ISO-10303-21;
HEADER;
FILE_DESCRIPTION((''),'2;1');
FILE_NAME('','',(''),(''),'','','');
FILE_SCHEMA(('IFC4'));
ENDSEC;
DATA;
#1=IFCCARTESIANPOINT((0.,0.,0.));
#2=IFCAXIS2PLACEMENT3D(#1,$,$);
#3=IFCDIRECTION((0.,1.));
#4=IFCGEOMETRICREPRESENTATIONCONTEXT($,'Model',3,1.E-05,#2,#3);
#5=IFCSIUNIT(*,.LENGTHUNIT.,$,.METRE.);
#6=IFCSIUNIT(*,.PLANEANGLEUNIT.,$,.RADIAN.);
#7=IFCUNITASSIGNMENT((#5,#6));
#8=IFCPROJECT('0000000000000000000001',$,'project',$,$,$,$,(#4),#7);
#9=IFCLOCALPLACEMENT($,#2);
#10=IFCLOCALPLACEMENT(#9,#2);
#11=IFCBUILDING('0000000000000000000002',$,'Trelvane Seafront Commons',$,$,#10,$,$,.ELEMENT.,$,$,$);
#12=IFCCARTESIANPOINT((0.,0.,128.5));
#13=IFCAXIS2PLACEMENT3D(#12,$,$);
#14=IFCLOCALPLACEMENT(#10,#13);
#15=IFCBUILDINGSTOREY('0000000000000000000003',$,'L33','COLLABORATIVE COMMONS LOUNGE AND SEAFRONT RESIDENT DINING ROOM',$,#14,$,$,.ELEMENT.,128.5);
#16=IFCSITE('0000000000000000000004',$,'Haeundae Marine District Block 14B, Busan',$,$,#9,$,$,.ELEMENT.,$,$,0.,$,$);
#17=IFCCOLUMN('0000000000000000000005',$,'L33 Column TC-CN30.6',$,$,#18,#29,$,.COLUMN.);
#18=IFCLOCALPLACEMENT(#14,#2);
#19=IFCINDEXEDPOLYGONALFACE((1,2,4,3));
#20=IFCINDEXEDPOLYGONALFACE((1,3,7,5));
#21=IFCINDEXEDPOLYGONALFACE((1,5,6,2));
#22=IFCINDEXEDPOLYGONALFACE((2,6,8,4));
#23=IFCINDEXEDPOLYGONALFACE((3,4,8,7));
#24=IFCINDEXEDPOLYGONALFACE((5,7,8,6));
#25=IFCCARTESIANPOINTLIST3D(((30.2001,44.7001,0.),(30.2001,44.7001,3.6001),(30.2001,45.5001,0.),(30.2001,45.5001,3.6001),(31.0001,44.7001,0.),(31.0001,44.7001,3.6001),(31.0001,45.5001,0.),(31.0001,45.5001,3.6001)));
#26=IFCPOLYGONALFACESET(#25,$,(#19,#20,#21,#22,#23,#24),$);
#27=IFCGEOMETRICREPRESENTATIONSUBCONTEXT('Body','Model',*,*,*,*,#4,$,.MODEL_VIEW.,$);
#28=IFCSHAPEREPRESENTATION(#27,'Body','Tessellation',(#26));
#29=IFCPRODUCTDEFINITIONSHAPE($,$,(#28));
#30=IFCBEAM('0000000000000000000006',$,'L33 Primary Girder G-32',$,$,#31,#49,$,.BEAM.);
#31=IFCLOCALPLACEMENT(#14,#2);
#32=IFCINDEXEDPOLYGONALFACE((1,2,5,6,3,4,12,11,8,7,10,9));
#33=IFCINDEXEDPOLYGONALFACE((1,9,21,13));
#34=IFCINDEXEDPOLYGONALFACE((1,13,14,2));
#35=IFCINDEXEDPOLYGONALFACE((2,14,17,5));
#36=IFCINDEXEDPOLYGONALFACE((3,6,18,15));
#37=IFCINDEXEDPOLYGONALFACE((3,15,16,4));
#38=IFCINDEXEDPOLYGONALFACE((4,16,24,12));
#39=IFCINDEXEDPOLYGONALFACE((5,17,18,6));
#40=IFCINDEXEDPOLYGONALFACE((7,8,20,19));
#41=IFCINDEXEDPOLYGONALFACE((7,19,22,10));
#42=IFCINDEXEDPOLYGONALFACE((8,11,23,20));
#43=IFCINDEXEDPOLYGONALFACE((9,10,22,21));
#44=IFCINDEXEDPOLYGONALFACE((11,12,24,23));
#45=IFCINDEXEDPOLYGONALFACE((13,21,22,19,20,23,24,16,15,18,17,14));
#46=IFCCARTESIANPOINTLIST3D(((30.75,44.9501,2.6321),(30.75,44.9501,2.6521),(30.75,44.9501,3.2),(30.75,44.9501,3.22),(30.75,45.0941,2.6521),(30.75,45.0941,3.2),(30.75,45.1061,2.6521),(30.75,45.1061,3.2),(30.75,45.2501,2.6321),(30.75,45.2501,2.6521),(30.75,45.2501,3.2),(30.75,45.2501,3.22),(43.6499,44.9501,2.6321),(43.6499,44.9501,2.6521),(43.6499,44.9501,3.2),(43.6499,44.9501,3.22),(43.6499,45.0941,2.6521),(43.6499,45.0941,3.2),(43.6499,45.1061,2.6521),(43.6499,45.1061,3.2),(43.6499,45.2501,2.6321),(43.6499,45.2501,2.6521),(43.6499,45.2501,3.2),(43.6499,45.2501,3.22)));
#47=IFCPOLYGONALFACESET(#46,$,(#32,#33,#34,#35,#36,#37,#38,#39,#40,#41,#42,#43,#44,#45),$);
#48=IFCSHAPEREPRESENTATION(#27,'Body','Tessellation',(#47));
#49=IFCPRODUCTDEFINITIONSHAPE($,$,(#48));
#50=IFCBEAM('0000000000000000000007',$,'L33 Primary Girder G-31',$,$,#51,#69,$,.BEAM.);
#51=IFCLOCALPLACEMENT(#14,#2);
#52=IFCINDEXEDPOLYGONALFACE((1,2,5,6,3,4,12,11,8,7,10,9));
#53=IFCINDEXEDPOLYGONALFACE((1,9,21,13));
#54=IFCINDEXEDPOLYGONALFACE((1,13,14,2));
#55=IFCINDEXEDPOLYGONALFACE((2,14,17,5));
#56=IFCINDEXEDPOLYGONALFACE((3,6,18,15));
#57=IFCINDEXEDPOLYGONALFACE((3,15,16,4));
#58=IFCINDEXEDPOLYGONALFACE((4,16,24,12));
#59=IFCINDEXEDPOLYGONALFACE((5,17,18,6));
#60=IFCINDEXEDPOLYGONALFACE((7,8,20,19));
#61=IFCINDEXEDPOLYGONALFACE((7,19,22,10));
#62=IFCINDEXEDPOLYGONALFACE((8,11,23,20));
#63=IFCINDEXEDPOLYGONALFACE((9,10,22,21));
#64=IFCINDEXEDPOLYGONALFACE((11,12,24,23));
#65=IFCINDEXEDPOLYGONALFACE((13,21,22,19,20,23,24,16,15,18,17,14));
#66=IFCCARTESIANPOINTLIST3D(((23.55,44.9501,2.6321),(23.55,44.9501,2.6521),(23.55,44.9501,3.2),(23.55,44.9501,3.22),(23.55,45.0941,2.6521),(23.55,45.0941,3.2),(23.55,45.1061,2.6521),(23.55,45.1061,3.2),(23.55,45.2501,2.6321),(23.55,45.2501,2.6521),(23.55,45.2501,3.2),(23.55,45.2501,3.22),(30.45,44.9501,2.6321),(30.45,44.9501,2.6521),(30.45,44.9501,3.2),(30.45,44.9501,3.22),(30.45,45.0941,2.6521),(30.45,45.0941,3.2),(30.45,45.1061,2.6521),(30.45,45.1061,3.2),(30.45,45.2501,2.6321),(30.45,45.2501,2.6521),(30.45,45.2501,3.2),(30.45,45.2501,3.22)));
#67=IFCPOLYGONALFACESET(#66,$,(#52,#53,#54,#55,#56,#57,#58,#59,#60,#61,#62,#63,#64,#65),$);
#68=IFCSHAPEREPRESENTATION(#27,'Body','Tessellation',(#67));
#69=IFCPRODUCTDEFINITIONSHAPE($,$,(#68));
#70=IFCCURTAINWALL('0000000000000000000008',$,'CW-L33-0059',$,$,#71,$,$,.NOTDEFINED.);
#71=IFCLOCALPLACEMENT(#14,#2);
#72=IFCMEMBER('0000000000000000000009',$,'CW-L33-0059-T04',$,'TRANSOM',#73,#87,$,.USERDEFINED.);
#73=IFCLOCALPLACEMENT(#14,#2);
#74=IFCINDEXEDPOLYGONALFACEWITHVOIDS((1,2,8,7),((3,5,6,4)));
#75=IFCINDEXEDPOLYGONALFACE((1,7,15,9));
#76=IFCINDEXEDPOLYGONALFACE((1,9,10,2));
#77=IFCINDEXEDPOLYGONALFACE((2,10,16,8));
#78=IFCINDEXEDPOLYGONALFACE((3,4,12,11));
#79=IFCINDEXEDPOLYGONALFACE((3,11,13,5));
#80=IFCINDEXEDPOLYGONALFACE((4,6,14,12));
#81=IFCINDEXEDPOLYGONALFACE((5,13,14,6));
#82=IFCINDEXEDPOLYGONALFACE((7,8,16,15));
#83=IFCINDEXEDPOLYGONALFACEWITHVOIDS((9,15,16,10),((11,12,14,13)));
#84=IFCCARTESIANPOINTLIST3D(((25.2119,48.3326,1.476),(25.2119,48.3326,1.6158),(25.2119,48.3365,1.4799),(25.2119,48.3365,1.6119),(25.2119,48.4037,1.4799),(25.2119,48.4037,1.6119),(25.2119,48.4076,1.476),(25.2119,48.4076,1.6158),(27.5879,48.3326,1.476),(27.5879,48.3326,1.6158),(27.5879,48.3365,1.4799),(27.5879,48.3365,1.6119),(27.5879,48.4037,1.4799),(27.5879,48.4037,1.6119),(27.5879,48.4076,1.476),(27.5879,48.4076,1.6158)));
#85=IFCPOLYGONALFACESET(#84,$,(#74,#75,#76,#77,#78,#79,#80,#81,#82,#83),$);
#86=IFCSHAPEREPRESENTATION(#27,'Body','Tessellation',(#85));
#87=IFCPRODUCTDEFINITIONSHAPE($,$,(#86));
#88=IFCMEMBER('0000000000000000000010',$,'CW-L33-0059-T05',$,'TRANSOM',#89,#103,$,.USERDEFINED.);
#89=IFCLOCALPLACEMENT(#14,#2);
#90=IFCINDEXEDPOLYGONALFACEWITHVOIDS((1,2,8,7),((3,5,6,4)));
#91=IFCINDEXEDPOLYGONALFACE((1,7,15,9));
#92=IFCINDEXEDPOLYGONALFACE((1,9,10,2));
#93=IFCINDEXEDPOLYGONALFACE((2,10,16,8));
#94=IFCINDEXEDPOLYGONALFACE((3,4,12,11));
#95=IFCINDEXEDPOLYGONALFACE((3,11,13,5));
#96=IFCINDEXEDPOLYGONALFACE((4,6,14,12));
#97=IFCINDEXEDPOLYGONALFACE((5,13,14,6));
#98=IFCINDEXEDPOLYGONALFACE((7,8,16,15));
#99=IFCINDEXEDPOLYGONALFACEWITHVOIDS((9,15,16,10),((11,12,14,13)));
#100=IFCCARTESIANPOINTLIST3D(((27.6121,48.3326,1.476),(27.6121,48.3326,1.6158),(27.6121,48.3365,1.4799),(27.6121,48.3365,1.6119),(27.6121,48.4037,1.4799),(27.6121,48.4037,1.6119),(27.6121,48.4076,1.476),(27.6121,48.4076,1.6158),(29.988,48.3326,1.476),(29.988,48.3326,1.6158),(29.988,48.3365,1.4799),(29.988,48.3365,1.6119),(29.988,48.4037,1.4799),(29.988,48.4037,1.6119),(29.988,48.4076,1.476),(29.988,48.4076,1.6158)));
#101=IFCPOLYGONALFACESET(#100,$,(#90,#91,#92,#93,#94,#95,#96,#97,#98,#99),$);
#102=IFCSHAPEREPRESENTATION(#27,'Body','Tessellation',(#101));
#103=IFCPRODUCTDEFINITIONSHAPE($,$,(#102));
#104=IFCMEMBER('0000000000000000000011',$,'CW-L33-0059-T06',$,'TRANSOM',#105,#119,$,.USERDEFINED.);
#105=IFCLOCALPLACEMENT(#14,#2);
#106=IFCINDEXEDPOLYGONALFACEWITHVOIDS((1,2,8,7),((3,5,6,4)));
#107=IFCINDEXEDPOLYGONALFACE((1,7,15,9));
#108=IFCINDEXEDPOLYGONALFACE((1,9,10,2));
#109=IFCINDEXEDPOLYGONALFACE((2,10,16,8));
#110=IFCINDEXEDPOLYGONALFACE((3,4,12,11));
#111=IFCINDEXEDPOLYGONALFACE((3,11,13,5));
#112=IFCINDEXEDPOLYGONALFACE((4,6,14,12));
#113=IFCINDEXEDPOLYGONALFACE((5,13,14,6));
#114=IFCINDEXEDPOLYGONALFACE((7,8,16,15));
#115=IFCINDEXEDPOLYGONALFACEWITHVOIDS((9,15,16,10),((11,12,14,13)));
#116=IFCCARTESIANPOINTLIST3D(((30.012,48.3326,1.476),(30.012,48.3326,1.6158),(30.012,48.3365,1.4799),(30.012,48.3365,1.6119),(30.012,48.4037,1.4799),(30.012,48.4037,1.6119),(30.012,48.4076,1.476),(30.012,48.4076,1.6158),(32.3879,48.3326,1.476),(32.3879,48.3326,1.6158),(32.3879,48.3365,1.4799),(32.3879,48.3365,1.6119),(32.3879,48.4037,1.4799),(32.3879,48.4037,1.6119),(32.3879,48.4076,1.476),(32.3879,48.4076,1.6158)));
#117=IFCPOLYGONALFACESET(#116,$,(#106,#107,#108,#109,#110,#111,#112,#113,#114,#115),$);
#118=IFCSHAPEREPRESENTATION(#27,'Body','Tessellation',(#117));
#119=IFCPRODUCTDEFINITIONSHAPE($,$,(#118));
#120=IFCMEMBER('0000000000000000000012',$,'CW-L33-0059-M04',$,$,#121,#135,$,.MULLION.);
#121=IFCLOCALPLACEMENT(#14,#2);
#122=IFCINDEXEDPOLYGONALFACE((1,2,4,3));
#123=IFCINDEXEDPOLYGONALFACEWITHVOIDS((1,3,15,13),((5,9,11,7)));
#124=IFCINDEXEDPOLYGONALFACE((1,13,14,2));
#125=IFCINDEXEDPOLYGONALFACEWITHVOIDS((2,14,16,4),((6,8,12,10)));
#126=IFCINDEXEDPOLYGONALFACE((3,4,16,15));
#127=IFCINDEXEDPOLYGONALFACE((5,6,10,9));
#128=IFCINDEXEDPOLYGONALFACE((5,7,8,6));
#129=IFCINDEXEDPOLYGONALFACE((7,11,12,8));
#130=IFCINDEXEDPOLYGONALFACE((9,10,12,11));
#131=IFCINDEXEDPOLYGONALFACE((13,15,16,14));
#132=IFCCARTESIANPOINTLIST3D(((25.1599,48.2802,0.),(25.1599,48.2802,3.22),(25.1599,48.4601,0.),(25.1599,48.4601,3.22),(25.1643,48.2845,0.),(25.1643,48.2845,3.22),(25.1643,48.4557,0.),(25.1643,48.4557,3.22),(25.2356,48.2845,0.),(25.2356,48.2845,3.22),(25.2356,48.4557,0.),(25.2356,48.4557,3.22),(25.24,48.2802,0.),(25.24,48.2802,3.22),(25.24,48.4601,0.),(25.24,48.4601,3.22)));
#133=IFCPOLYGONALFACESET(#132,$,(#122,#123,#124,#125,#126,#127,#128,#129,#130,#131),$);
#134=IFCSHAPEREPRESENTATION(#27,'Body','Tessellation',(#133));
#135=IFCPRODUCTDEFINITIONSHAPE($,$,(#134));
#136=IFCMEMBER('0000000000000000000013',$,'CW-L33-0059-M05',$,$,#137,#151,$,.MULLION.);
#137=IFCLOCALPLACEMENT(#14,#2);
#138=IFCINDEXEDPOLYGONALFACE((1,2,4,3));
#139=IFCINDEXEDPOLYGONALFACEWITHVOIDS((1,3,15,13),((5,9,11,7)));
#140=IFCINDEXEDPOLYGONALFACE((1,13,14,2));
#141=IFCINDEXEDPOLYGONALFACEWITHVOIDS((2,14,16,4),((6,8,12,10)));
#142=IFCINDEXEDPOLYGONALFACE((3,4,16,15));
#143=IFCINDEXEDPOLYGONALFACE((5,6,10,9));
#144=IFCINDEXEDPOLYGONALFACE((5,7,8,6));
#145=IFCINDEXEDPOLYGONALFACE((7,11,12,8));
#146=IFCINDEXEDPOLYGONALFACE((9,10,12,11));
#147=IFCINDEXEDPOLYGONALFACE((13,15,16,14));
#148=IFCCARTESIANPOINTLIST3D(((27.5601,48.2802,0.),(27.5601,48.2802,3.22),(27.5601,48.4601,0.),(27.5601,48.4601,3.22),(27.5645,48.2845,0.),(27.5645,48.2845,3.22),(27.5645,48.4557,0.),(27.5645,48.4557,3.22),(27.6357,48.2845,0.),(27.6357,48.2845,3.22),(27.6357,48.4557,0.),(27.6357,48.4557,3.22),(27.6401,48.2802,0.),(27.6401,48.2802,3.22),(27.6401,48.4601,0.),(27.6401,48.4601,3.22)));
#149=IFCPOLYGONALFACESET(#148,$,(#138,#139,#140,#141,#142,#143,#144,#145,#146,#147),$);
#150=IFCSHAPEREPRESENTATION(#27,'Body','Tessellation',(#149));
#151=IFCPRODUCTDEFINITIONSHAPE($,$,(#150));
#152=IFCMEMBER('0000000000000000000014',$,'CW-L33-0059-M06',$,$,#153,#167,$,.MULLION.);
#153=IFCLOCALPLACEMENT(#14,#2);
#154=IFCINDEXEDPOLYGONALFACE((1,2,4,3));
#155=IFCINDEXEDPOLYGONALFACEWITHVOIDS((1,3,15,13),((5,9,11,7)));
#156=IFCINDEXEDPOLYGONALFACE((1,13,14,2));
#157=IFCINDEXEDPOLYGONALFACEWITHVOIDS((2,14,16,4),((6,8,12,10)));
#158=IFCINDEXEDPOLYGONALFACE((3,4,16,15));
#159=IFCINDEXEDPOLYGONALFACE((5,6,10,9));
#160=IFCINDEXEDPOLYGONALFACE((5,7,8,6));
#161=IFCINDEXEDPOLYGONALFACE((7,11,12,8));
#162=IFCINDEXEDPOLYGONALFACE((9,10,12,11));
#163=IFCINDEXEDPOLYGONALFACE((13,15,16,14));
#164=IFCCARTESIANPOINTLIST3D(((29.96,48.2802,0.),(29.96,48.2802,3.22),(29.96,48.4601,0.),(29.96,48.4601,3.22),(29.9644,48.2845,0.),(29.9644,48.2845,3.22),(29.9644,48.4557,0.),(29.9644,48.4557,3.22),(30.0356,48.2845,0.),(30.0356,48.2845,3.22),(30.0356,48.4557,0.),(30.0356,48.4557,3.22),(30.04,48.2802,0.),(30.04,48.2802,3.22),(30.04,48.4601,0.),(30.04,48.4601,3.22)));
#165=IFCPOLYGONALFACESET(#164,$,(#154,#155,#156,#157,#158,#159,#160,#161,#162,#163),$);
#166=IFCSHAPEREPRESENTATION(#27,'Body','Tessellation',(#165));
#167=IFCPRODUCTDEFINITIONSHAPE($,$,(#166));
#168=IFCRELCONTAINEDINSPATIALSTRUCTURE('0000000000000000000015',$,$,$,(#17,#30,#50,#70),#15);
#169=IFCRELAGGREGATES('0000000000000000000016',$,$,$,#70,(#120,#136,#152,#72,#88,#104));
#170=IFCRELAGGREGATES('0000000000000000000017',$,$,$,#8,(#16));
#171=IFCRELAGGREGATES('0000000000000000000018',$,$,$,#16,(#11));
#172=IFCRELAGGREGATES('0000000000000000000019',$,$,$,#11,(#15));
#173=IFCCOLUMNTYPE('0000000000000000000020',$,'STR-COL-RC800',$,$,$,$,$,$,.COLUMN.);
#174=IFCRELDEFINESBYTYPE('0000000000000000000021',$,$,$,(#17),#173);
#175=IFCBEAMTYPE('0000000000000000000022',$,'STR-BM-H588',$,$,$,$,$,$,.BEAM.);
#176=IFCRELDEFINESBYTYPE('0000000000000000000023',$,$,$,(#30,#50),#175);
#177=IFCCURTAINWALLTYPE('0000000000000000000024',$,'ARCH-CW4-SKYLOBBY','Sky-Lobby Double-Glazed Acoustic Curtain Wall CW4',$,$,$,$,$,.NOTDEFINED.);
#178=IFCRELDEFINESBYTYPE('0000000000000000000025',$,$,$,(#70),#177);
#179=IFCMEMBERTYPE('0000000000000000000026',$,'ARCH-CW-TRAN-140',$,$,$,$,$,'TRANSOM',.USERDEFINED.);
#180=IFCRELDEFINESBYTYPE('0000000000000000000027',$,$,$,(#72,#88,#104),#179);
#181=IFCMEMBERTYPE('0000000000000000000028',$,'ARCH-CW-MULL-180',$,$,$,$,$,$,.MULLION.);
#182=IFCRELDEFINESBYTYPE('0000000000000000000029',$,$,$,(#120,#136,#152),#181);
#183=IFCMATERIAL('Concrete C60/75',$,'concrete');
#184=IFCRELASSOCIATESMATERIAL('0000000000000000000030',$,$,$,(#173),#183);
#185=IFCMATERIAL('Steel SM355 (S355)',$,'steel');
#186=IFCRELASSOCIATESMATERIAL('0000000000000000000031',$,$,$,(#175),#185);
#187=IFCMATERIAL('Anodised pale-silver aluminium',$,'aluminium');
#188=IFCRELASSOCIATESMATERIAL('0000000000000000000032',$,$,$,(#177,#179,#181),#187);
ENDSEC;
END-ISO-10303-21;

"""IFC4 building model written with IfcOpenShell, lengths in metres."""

from ifc_helpers import new_model, si_unit, direction, frame, origin, origin_2d, place, context, subcontext, project, spatial, rectangle, hollow_rectangle, i_section, extrude, source, transform, mapped, material, material_profile, profile_set, type_object, element, aggregate, save


model = new_model("IFC4")

# Units and contexts
model_context = context("Model", 3, precision=1e-05, world=origin(), true_north=direction((0.0, 1.0)))
body_context = subcontext(model_context, "Body", "Model", "MODEL_VIEW")
ifc_project = project(units=[si_unit("LENGTHUNIT", "METRE"), si_unit("PLANEANGLEUNIT", "RADIAN")], contexts=[model_context])

# Site, building, storey
site_placement = place(None, origin())
site = spatial("IfcSite", under=ifc_project, at=site_placement, Name="Haeundae Marine District Block 14B, Busan", CompositionType="ELEMENT", RefElevation=0.0)
building_placement = place(site_placement, origin())
building = spatial("IfcBuilding", under=site, at=building_placement, Name="Trelvane Seafront Commons", CompositionType="ELEMENT")
storey_placement = place(building_placement, frame((0.0, 0.0, 128.5)))
storey = spatial("IfcBuildingStorey", under=building, at=storey_placement, Name="L33", Description="COLLABORATIVE COMMONS LOUNGE AND SEAFRONT RESIDENT DINING ROOM", CompositionType="ELEMENT", Elevation=128.5)

# Column
ifc_material_1 = material(Name="Concrete C60/75", Category="concrete")
ifc_material_profile_1 = material_profile(ifc_material_1, rectangle(XDim=0.8, YDim=0.8, at=origin_2d()), Name="RC-800x800")
ifc_profile_set_1 = profile_set([ifc_material_profile_1], Name="Concrete C60/75")
column_type = type_object("IfcColumnType", Name="STR-COL-RC800", PredefinedType="COLUMN", material=ifc_profile_set_1)
shared_shape_1 = source(origin(), body_context, "Body", "SweptSolid", [
    extrude(rectangle(XDim=0.8, YDim=0.8, at=origin_2d()), origin(), (0.0, 0.0, 1.0), 3.6001),
])
column_placement = place(storey_placement, frame((30.6001, 45.1001, 0.0), z_axis=(0.0, 0.0, 1.0), x_axis=(1.0, 0.0, 0.0)))
element("IfcColumn", 1, at=column_placement, inside=storey, type_object=column_type, Name="L33 Column TC-CN30.6", PredefinedType="COLUMN", context=body_context, shape_type="MappedRepresentation", body=[
    mapped(shared_shape_1, transform((0.0, 0.0, 0.0), x_axis=(1.0, 0.0, 0.0), y_axis=(0.0, 1.0, 0.0), z_axis=(0.0, 0.0, 1.0), scale=1.0)),
])

# Beams
ifc_material_2 = material(Name="Steel SM355 (S355)", Category="steel")
ifc_material_profile_2 = material_profile(ifc_material_2, i_section(OverallWidth=0.3, OverallDepth=0.5879, WebThickness=0.012, FlangeThickness=0.02, at=origin_2d()), Name="H-588x300x12x20")
ifc_profile_set_2 = profile_set([ifc_material_profile_2], Name="Steel SM355 (S355)")
beam_type = type_object("IfcBeamType", Name="STR-BM-H588", PredefinedType="BEAM", material=ifc_profile_set_2)
shared_shape_2 = source(origin(), body_context, "Body", "SweptSolid", [
    extrude(i_section(OverallWidth=0.3, OverallDepth=0.5879, WebThickness=0.012, FlangeThickness=0.02, at=origin_2d()), origin(), (0.0, 0.0, 1.0), 12.8999),
])
beam_1_placement = place(storey_placement, frame((30.75, 45.1001, 2.926), z_axis=(1.0, 0.0, 0.0), x_axis=(0.0, 1.0, 0.0)))
element("IfcBeam", 2, at=beam_1_placement, inside=storey, type_object=beam_type, Name="L33 Primary Girder G-32", PredefinedType="BEAM", context=body_context, shape_type="MappedRepresentation", body=[
    mapped(shared_shape_2, transform((0.0, 0.0, 0.0), x_axis=(1.0, 0.0, 0.0), y_axis=(0.0, 1.0, 0.0), z_axis=(0.0, 0.0, 1.0), scale=1.0)),
])
shared_shape_3 = source(origin(), body_context, "Body", "SweptSolid", [
    extrude(i_section(OverallWidth=0.3, OverallDepth=0.5879, WebThickness=0.012, FlangeThickness=0.02, at=origin_2d()), origin(), (0.0, 0.0, 1.0), 6.8999),
])
beam_2_placement = place(storey_placement, frame((23.55, 45.1001, 2.926), z_axis=(1.0, 0.0, 0.0), x_axis=(0.0, 1.0, 0.0)))
element("IfcBeam", 3, at=beam_2_placement, inside=storey, type_object=beam_type, Name="L33 Primary Girder G-31", PredefinedType="BEAM", context=body_context, shape_type="MappedRepresentation", body=[
    mapped(shared_shape_3, transform((0.0, 0.0, 0.0), x_axis=(1.0, 0.0, 0.0), y_axis=(0.0, 1.0, 0.0), z_axis=(0.0, 0.0, 1.0), scale=1.0)),
])

# Curtain wall, members
ifc_material_3 = material(Name="Anodised pale-silver aluminium", Category="aluminium")
curtain_wall_type = type_object("IfcCurtainWallType", Name="ARCH-CW4-SKYLOBBY", Description="Sky-Lobby Double-Glazed Acoustic Curtain Wall CW4", PredefinedType="NOTDEFINED", material=ifc_material_3)
curtain_wall_placement = place(storey_placement, origin())
curtain_wall = element("IfcCurtainWall", 4, at=curtain_wall_placement, inside=storey, type_object=curtain_wall_type, Name="CW-L33-0059", PredefinedType="NOTDEFINED")
ifc_material_profile_3 = material_profile(ifc_material_3, hollow_rectangle(XDim=0.075, YDim=0.1399, WallThickness=0.0039, at=origin_2d()), Name="TRAN-75x140x4")
ifc_profile_set_3 = profile_set([ifc_material_profile_3], Name="Anodised pale-silver aluminium")
member_type_1 = type_object("IfcMemberType", Name="ARCH-CW-TRAN-140", ElementType="TRANSOM", PredefinedType="USERDEFINED", material=ifc_profile_set_3)
shared_shape_4 = source(origin(), body_context, "Body", "SweptSolid", [
    extrude(hollow_rectangle(XDim=0.075, YDim=0.1399, WallThickness=0.0039, at=origin_2d()), origin(), (0.0, 0.0, 1.0), 2.376),
])
member_1_placement = place(storey_placement, frame((25.2119, 48.3701, 1.5459), z_axis=(1.0, 0.0, 0.0), x_axis=(0.0, 1.0, 0.0)))
member_1 = element("IfcMember", 5, at=member_1_placement, type_object=member_type_1, Name="CW-L33-0059-T04", ObjectType="TRANSOM", PredefinedType="USERDEFINED", context=body_context, shape_type="MappedRepresentation", body=[
    mapped(shared_shape_4, transform((0.0, 0.0, 0.0), x_axis=(1.0, 0.0, 0.0), y_axis=(0.0, 1.0, 0.0), z_axis=(0.0, 0.0, 1.0), scale=1.0)),
])
member_2_placement = place(storey_placement, frame((27.6121, 48.3701, 1.5459), z_axis=(1.0, 0.0, 0.0), x_axis=(0.0, 1.0, 0.0)))
member_2 = element("IfcMember", 6, at=member_2_placement, type_object=member_type_1, Name="CW-L33-0059-T05", ObjectType="TRANSOM", PredefinedType="USERDEFINED", context=body_context, shape_type="MappedRepresentation", body=[
    mapped(shared_shape_4, transform((0.0, 0.0, 0.0), x_axis=(1.0, 0.0, 0.0), y_axis=(0.0, 1.0, 0.0), z_axis=(0.0, 0.0, 1.0), scale=1.0)),
])
member_3_placement = place(storey_placement, frame((30.012, 48.3701, 1.5459), z_axis=(1.0, 0.0, 0.0), x_axis=(0.0, 1.0, 0.0)))
member_3 = element("IfcMember", 7, at=member_3_placement, type_object=member_type_1, Name="CW-L33-0059-T06", ObjectType="TRANSOM", PredefinedType="USERDEFINED", context=body_context, shape_type="MappedRepresentation", body=[
    mapped(shared_shape_4, transform((0.0, 0.0, 0.0), x_axis=(1.0, 0.0, 0.0), y_axis=(0.0, 1.0, 0.0), z_axis=(0.0, 0.0, 1.0), scale=1.0)),
])
ifc_material_profile_4 = material_profile(ifc_material_3, hollow_rectangle(XDim=0.0801, YDim=0.1799, WallThickness=0.0044, at=origin_2d()), Name="MULL-80x180x4.5")
ifc_profile_set_4 = profile_set([ifc_material_profile_4], Name="Anodised pale-silver aluminium")
member_type_2 = type_object("IfcMemberType", Name="ARCH-CW-MULL-180", PredefinedType="MULLION", material=ifc_profile_set_4)
shared_shape_5 = source(origin(), body_context, "Body", "SweptSolid", [
    extrude(hollow_rectangle(XDim=0.0801, YDim=0.1799, WallThickness=0.0044, at=origin_2d()), origin(), (0.0, 0.0, 1.0), 3.22),
])
member_4_placement = place(storey_placement, frame((25.2, 48.3701, 0.0), z_axis=(0.0, 0.0, 1.0), x_axis=(1.0, 0.0, 0.0)))
member_4 = element("IfcMember", 8, at=member_4_placement, type_object=member_type_2, Name="CW-L33-0059-M04", PredefinedType="MULLION", context=body_context, shape_type="MappedRepresentation", body=[
    mapped(shared_shape_5, transform((0.0, 0.0, 0.0), x_axis=(1.0, 0.0, 0.0), y_axis=(0.0, 1.0, 0.0), z_axis=(0.0, 0.0, 1.0), scale=1.0)),
])
member_5_placement = place(storey_placement, frame((27.6001, 48.3701, 0.0), z_axis=(0.0, 0.0, 1.0), x_axis=(1.0, 0.0, 0.0)))
member_5 = element("IfcMember", 9, at=member_5_placement, type_object=member_type_2, Name="CW-L33-0059-M05", PredefinedType="MULLION", context=body_context, shape_type="MappedRepresentation", body=[
    mapped(shared_shape_5, transform((0.0, 0.0, 0.0), x_axis=(1.0, 0.0, 0.0), y_axis=(0.0, 1.0, 0.0), z_axis=(0.0, 0.0, 1.0), scale=1.0)),
])
member_6_placement = place(storey_placement, frame((30.0, 48.3701, 0.0), z_axis=(0.0, 0.0, 1.0), x_axis=(1.0, 0.0, 0.0)))
member_6 = element("IfcMember", 10, at=member_6_placement, type_object=member_type_2, Name="CW-L33-0059-M06", PredefinedType="MULLION", context=body_context, shape_type="MappedRepresentation", body=[
    mapped(shared_shape_5, transform((0.0, 0.0, 0.0), x_axis=(1.0, 0.0, 0.0), y_axis=(0.0, 1.0, 0.0), z_axis=(0.0, 0.0, 1.0), scale=1.0)),
])

aggregate(curtain_wall, [member_4, member_5, member_6, member_1, member_2, member_3])

save(model, "model.ifc")
